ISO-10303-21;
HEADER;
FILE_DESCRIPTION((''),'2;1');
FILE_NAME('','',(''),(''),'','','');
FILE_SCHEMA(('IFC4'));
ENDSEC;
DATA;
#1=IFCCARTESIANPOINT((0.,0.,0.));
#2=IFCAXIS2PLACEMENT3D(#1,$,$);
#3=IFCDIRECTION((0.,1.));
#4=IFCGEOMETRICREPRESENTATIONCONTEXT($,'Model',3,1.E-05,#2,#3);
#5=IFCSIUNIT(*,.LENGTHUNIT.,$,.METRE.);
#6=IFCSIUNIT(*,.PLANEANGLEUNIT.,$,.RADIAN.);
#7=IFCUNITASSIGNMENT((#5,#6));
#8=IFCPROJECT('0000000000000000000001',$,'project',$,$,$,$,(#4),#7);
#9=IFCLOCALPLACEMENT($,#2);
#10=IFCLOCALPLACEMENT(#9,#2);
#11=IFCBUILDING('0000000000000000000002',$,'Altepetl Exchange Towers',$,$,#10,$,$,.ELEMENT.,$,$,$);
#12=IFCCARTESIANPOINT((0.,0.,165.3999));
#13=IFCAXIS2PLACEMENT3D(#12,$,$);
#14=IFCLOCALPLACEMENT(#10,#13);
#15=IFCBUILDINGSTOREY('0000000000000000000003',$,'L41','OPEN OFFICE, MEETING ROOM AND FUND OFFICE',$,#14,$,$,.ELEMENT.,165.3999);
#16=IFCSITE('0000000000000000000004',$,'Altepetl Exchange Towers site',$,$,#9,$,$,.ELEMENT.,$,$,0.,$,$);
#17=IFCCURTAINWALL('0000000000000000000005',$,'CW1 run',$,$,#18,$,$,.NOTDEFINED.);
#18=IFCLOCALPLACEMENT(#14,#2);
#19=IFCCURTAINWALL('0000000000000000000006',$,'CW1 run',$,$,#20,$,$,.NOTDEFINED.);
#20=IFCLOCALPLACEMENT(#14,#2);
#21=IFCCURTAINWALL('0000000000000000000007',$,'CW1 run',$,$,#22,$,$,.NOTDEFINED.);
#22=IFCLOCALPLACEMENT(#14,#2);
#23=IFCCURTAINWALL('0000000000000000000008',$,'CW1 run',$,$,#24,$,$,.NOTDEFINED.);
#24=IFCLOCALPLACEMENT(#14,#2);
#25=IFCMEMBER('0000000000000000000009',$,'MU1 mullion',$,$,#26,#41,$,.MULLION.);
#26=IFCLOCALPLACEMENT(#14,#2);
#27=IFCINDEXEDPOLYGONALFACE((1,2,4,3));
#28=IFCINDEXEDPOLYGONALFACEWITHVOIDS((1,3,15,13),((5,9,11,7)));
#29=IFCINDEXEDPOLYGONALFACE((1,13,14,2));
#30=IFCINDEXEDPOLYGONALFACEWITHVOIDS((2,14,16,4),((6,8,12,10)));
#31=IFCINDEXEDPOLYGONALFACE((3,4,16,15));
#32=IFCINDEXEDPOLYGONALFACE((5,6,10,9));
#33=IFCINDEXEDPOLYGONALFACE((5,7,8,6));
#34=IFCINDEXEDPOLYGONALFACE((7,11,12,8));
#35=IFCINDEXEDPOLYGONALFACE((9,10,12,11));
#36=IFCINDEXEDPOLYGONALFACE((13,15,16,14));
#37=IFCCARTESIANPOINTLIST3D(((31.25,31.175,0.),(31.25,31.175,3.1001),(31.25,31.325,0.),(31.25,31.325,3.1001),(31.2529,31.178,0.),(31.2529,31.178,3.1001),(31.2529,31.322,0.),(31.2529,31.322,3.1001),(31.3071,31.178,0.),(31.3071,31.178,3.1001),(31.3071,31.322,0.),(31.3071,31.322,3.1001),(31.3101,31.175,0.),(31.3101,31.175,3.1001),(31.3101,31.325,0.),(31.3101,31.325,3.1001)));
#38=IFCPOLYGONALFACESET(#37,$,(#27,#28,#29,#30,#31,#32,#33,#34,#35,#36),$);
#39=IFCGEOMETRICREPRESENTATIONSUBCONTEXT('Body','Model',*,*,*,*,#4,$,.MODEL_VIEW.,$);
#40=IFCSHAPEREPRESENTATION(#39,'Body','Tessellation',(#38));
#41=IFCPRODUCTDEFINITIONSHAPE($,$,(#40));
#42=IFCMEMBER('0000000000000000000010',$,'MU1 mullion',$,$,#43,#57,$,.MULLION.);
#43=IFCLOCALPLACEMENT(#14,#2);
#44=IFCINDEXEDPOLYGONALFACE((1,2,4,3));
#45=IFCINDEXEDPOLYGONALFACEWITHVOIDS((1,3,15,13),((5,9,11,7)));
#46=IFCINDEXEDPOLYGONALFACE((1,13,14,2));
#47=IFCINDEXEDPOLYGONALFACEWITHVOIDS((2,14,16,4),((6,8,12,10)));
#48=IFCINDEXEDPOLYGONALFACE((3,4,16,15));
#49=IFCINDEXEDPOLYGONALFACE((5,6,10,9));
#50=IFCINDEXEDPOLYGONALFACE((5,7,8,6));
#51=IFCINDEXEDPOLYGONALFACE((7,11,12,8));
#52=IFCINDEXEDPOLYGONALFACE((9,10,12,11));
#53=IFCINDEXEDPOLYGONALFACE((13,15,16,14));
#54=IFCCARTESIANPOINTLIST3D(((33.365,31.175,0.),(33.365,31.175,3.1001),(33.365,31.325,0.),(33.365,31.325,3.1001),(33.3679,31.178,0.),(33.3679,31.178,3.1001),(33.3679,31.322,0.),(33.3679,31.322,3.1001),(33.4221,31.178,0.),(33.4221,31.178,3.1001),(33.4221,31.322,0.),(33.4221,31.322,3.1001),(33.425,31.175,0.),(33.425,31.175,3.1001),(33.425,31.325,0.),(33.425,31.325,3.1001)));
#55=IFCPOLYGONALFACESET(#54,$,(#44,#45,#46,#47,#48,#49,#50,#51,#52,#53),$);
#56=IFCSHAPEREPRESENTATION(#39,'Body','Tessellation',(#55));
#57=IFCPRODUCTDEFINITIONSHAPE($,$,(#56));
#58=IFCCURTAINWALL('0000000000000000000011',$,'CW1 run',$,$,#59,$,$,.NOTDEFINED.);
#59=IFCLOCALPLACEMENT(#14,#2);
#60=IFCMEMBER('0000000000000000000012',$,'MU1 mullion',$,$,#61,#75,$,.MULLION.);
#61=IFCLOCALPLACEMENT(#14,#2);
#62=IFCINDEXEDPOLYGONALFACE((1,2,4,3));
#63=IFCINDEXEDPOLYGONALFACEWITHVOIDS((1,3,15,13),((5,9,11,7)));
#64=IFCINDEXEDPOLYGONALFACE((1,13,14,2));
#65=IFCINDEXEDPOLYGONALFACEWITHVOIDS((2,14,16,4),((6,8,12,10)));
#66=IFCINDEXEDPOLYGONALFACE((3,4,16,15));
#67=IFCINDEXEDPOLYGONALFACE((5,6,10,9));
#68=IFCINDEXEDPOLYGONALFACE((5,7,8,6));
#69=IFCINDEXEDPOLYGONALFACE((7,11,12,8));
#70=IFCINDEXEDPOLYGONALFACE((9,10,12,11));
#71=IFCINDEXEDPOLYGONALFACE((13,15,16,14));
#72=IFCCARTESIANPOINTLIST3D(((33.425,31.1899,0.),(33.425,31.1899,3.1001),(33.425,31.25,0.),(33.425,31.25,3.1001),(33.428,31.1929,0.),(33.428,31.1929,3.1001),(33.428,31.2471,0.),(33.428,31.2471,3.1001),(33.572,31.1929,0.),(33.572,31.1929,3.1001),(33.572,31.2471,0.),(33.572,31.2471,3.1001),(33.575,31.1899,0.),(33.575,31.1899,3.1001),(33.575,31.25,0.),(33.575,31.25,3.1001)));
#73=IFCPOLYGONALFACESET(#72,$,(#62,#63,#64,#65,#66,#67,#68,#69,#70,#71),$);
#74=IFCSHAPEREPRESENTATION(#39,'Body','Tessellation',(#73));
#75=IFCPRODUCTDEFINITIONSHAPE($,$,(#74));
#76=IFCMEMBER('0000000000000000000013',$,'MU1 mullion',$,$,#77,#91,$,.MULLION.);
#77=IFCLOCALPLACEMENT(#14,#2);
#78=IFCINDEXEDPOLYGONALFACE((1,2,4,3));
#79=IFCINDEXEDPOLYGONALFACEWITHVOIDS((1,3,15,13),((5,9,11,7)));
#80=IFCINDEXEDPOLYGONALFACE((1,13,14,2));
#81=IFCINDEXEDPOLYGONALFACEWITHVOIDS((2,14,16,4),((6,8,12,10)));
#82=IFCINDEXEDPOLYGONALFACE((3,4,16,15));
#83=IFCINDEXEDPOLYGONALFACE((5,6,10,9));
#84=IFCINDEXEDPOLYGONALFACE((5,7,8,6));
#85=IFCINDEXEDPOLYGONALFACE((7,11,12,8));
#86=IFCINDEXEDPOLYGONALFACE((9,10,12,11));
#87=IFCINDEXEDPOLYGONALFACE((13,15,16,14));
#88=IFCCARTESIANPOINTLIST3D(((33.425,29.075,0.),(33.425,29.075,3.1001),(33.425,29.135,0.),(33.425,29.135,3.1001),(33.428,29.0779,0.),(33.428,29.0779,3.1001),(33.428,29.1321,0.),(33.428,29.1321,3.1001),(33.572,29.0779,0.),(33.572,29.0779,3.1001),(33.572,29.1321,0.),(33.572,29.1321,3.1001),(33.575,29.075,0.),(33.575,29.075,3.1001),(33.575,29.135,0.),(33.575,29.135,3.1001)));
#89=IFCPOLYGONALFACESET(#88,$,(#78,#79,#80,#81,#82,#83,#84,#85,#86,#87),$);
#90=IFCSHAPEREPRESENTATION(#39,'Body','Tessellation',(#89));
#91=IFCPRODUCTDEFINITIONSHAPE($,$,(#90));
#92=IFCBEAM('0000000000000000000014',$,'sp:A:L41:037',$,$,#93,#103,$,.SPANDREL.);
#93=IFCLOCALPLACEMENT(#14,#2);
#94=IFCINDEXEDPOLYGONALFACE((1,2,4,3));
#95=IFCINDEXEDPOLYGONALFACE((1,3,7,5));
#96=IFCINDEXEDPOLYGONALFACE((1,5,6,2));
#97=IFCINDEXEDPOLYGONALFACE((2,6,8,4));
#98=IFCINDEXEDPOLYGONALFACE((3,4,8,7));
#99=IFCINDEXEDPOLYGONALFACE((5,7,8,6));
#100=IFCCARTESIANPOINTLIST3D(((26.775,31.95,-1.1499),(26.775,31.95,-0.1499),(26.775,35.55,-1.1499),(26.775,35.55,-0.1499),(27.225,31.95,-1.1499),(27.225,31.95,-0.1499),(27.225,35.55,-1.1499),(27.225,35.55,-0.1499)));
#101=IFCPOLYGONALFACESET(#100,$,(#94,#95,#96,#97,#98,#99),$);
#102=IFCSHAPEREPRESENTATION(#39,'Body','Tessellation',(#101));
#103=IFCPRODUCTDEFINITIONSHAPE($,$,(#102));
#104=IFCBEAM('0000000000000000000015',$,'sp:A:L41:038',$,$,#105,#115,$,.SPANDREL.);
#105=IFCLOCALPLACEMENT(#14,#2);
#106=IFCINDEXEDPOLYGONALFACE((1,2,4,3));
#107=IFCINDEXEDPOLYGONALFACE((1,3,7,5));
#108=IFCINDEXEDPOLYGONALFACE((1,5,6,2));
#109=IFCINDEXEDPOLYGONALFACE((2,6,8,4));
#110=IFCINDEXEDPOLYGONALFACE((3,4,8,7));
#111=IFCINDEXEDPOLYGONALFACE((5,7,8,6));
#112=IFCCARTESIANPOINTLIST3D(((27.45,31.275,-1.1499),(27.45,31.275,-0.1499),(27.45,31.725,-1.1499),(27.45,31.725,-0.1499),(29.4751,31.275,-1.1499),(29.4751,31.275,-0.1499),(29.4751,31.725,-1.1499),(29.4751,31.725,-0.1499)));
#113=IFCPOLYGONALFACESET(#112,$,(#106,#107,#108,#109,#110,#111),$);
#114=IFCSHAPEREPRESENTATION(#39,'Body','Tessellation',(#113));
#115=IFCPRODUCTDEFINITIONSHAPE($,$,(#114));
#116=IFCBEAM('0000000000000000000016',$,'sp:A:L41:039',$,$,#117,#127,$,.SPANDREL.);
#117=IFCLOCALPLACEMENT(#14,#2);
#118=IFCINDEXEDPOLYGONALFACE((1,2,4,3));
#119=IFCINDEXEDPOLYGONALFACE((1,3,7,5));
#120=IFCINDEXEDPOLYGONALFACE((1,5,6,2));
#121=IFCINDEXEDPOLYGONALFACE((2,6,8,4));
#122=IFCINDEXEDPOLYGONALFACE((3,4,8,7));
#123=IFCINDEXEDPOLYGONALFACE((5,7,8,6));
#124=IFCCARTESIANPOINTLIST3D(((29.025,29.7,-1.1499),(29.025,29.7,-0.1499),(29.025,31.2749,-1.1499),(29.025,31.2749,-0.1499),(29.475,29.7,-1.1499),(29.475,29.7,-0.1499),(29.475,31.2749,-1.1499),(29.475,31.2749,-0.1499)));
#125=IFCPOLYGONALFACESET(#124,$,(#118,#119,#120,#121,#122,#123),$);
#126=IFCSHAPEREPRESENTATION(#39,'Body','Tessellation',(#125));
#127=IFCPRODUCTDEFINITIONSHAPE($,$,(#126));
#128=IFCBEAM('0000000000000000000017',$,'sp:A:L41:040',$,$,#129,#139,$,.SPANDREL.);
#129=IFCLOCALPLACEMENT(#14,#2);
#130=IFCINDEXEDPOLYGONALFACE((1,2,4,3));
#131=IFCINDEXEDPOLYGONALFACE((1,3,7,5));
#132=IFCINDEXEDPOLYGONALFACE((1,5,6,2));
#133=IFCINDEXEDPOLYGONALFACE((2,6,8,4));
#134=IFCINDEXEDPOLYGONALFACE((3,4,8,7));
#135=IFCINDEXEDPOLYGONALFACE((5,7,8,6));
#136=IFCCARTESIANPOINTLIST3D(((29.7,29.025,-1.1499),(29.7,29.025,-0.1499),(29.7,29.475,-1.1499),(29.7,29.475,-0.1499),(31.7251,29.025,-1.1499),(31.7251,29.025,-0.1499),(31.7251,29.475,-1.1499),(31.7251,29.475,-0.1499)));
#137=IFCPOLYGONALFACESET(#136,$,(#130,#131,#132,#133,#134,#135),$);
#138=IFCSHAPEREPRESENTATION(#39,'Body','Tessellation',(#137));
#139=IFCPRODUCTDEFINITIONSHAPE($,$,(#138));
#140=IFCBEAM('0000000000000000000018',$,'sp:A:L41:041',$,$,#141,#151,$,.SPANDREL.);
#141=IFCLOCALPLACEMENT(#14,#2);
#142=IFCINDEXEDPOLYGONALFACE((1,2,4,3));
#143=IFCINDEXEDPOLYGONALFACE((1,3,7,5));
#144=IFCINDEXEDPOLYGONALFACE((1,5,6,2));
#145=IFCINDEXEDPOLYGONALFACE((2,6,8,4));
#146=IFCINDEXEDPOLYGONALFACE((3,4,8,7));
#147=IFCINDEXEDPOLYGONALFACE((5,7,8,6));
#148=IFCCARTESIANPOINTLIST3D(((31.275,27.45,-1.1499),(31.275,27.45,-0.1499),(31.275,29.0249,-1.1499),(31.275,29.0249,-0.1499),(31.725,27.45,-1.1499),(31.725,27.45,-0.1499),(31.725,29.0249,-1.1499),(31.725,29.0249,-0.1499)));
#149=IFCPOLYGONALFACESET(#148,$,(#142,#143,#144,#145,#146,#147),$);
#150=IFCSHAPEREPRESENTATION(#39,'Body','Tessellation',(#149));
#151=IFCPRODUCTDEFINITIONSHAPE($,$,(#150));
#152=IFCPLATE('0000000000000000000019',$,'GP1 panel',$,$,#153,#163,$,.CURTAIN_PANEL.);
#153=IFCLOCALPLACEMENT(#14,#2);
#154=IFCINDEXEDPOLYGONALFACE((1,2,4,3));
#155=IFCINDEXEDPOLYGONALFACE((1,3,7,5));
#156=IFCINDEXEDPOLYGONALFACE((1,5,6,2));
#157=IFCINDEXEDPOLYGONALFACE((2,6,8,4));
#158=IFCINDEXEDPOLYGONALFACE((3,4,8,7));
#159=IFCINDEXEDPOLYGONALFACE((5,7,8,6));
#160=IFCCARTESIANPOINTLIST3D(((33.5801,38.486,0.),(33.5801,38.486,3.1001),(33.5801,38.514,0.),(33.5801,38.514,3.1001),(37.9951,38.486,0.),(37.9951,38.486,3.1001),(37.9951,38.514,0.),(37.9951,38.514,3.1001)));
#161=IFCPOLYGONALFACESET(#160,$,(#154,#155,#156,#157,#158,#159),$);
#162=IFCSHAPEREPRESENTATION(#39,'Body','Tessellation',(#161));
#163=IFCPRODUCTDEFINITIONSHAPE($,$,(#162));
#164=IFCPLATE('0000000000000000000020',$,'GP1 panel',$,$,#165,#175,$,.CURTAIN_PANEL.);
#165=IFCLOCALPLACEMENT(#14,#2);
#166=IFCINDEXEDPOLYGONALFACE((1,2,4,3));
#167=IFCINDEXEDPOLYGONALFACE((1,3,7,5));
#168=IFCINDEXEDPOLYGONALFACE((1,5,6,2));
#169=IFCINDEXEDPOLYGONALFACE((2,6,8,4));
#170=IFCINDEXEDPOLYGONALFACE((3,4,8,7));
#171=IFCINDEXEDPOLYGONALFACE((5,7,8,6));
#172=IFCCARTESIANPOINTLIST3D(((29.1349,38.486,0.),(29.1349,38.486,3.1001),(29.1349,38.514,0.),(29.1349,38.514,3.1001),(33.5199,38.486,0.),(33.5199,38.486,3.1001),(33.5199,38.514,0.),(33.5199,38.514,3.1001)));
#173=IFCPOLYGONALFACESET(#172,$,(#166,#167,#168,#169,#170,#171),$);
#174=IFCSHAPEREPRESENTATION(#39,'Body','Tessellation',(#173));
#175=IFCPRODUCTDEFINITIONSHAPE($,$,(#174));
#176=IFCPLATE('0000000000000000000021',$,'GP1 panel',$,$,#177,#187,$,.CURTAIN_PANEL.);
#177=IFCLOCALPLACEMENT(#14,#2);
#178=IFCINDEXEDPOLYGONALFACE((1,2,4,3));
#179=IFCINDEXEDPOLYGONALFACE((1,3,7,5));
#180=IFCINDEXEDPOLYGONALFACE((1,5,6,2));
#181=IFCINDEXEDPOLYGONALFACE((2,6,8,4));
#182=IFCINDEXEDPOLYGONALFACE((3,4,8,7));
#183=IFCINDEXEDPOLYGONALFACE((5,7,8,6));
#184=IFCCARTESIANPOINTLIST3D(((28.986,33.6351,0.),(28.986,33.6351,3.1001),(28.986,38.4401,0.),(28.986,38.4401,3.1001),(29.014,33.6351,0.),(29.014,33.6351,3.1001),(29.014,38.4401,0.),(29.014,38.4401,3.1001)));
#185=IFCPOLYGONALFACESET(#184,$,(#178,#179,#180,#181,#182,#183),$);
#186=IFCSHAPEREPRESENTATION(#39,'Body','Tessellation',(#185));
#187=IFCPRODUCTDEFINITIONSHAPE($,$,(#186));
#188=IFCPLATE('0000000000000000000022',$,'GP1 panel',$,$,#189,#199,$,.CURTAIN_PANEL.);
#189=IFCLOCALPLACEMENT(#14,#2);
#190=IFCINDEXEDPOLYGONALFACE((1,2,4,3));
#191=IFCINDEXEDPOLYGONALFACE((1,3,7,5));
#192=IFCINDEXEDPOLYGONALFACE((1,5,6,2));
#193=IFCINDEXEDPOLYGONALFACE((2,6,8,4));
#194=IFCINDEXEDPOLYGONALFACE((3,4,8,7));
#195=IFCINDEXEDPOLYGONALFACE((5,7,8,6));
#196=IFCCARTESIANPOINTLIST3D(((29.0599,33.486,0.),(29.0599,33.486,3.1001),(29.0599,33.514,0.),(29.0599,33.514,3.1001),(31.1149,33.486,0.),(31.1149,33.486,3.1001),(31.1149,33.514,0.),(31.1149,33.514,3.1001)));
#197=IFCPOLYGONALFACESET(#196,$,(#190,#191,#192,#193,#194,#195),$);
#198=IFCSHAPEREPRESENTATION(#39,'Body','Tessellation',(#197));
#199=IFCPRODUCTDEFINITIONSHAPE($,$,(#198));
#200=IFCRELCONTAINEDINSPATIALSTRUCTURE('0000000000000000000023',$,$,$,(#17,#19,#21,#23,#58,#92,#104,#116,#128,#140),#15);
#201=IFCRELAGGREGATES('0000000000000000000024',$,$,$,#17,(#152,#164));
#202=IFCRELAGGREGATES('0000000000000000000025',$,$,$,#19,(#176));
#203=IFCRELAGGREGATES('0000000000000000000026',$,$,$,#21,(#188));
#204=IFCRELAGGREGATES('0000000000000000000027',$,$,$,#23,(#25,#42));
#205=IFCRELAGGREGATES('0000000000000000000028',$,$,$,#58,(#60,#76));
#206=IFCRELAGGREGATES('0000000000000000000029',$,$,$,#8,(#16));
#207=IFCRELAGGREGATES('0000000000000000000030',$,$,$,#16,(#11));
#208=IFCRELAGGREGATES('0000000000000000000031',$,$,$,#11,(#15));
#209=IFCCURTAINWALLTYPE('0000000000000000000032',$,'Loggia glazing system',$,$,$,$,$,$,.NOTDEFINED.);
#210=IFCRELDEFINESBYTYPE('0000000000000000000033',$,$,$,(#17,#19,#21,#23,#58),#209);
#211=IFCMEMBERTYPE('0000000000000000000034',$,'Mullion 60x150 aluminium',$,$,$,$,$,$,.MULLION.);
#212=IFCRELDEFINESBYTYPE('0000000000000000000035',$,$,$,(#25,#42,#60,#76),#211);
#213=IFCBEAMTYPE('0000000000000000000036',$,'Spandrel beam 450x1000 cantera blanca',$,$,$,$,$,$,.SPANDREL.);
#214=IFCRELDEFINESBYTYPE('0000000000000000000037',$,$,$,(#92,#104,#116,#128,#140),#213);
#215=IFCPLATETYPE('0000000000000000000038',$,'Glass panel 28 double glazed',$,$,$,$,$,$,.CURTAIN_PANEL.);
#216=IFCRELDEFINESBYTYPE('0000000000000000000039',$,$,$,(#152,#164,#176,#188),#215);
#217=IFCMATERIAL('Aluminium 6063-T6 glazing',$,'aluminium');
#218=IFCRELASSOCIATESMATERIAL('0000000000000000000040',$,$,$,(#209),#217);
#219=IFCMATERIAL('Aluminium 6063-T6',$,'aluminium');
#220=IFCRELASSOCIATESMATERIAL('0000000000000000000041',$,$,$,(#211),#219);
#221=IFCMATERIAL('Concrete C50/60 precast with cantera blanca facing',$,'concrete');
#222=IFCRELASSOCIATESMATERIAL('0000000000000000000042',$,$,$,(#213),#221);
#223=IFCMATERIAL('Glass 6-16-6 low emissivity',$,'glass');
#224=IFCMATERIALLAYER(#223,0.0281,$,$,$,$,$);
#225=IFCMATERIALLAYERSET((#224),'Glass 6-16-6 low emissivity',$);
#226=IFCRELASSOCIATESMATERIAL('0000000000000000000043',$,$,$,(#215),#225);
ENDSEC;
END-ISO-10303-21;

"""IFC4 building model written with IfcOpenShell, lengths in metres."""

from ifc_helpers import new_model, si_unit, direction, frame, origin, origin_2d, place, context, subcontext, project, spatial, rectangle, hollow_rectangle, extrude, material, layer, layer_set, material_profile, profile_set, type_object, element, aggregate, save


model = new_model("IFC4")

# Units and contexts
model_context = context("Model", 3, precision=1e-05, world=origin(), true_north=direction((0.0, 1.0)))
body_context = subcontext(model_context, "Body", "Model", "MODEL_VIEW")
ifc_project = project(units=[si_unit("LENGTHUNIT", "METRE"), si_unit("PLANEANGLEUNIT", "RADIAN")], contexts=[model_context])

# Site, building, storey
site_placement = place(None, origin())
site = spatial("IfcSite", under=ifc_project, at=site_placement, Name="Altepetl Exchange Towers site", CompositionType="ELEMENT", RefElevation=0.0)
building_placement = place(site_placement, origin())
building = spatial("IfcBuilding", under=site, at=building_placement, Name="Altepetl Exchange Towers", CompositionType="ELEMENT")
storey_placement = place(building_placement, frame((0.0, 0.0, 165.3999)))
storey = spatial("IfcBuildingStorey", under=building, at=storey_placement, Name="L41", Description="OPEN OFFICE, MEETING ROOM AND FUND OFFICE", CompositionType="ELEMENT", Elevation=165.3999)

# Curtain walls, members
ifc_material_1 = material(Name="Aluminium 6063-T6 glazing", Category="aluminium")
curtain_wall_type = type_object("IfcCurtainWallType", Name="Loggia glazing system", PredefinedType="NOTDEFINED", material=ifc_material_1)
curtain_wall_1_placement = place(storey_placement, origin())
curtain_wall_1 = element("IfcCurtainWall", 1, at=curtain_wall_1_placement, inside=storey, type_object=curtain_wall_type, Name="CW1 run", PredefinedType="NOTDEFINED")
ifc_material_2 = material(Name="Aluminium 6063-T6", Category="aluminium")
ifc_material_profile_1 = material_profile(ifc_material_2, hollow_rectangle(XDim=0.0601, YDim=0.1499, WallThickness=0.0029, at=origin_2d()), Name="Mullion 60x150 aluminium")
ifc_profile_set_1 = profile_set([ifc_material_profile_1], Name="Aluminium 6063-T6")
member_type = type_object("IfcMemberType", Name="Mullion 60x150 aluminium", PredefinedType="MULLION", material=ifc_profile_set_1)
curtain_wall_2_placement = place(storey_placement, origin())
curtain_wall_2 = element("IfcCurtainWall", 2, at=curtain_wall_2_placement, inside=storey, type_object=curtain_wall_type, Name="CW1 run", PredefinedType="NOTDEFINED")
curtain_wall_3_placement = place(storey_placement, origin())
curtain_wall_3 = element("IfcCurtainWall", 3, at=curtain_wall_3_placement, inside=storey, type_object=curtain_wall_type, Name="CW1 run", PredefinedType="NOTDEFINED")
curtain_wall_4_placement = place(storey_placement, origin())
curtain_wall_4 = element("IfcCurtainWall", 4, at=curtain_wall_4_placement, inside=storey, type_object=curtain_wall_type, Name="CW1 run", PredefinedType="NOTDEFINED")
member_1_placement = place(storey_placement, frame((31.28, 31.25, 0.0)))
member_1 = element("IfcMember", 5, at=member_1_placement, type_object=member_type, Name="MU1 mullion", PredefinedType="MULLION", context=body_context, shape_type="SweptSolid", body=[
    extrude(hollow_rectangle(XDim=0.0601, YDim=0.1499, WallThickness=0.0029, at=origin_2d()), origin(), (0.0, 0.0, 1.0), 3.1001),
])
member_2_placement = place(storey_placement, frame((33.395, 31.25, 0.0)))
member_2 = element("IfcMember", 6, at=member_2_placement, type_object=member_type, Name="MU1 mullion", PredefinedType="MULLION", context=body_context, shape_type="SweptSolid", body=[
    extrude(hollow_rectangle(XDim=0.0601, YDim=0.1499, WallThickness=0.0029, at=origin_2d()), origin(), (0.0, 0.0, 1.0), 3.1001),
])
curtain_wall_5_placement = place(storey_placement, origin())
curtain_wall_5 = element("IfcCurtainWall", 7, at=curtain_wall_5_placement, inside=storey, type_object=curtain_wall_type, Name="CW1 run", PredefinedType="NOTDEFINED")
member_3_placement = place(storey_placement, frame((33.5, 31.22, 0.0), z_axis=(0.0, 0.0, 1.0), x_axis=(0.0, -1.0, 0.0)))
member_3 = element("IfcMember", 8, at=member_3_placement, type_object=member_type, Name="MU1 mullion", PredefinedType="MULLION", context=body_context, shape_type="SweptSolid", body=[
    extrude(hollow_rectangle(XDim=0.0601, YDim=0.1499, WallThickness=0.0029, at=origin_2d()), origin(), (0.0, 0.0, 1.0), 3.1001),
])
member_4_placement = place(storey_placement, frame((33.5, 29.105, 0.0), z_axis=(0.0, 0.0, 1.0), x_axis=(0.0, -1.0, 0.0)))
member_4 = element("IfcMember", 9, at=member_4_placement, type_object=member_type, Name="MU1 mullion", PredefinedType="MULLION", context=body_context, shape_type="SweptSolid", body=[
    extrude(hollow_rectangle(XDim=0.0601, YDim=0.1499, WallThickness=0.0029, at=origin_2d()), origin(), (0.0, 0.0, 1.0), 3.1001),
])

# Beams
ifc_material_3 = material(Name="Concrete C50/60 precast with cantera blanca facing", Category="concrete")
ifc_material_profile_2 = material_profile(ifc_material_3, rectangle(XDim=0.45, YDim=1.0, at=origin_2d()), Name="450 x 1000")
ifc_profile_set_2 = profile_set([ifc_material_profile_2], Name="Concrete C50/60 precast with cantera blanca facing")
beam_type_1 = type_object("IfcBeamType", Name="Spandrel beam 450x1000 cantera blanca", PredefinedType="SPANDREL", material=ifc_profile_set_2)
beam_1_placement = place(storey_placement, frame((27.0, 35.55, -0.6499), z_axis=(0.0, -1.0, 0.0), x_axis=(1.0, 0.0, 0.0)))
element("IfcBeam", 10, at=beam_1_placement, inside=storey, type_object=beam_type_1, Name="sp:A:L41:037", PredefinedType="SPANDREL", context=body_context, shape_type="SweptSolid", body=[
    extrude(rectangle(XDim=0.45, YDim=1.0, at=origin_2d()), origin(), (0.0, 0.0, 1.0), 3.6001),
])
beam_2_placement = place(storey_placement, frame((27.45, 31.5, -0.6499), z_axis=(1.0, 0.0, 0.0), x_axis=(0.0, 1.0, 0.0)))
element("IfcBeam", 11, at=beam_2_placement, inside=storey, type_object=beam_type_1, Name="sp:A:L41:038", PredefinedType="SPANDREL", context=body_context, shape_type="SweptSolid", body=[
    extrude(rectangle(XDim=0.45, YDim=1.0, at=origin_2d()), origin(), (0.0, 0.0, 1.0), 2.0251),
])
beam_3_placement = place(storey_placement, frame((29.25, 31.2749, -0.6499), z_axis=(0.0, -1.0, 0.0), x_axis=(1.0, 0.0, 0.0)))
element("IfcBeam", 12, at=beam_3_placement, inside=storey, type_object=beam_type_1, Name="sp:A:L41:039", PredefinedType="SPANDREL", context=body_context, shape_type="SweptSolid", body=[
    extrude(rectangle(XDim=0.45, YDim=1.0, at=origin_2d()), origin(), (0.0, 0.0, 1.0), 1.575),
])
beam_4_placement = place(storey_placement, frame((29.7, 29.25, -0.6499), z_axis=(1.0, 0.0, 0.0), x_axis=(0.0, 1.0, 0.0)))
element("IfcBeam", 13, at=beam_4_placement, inside=storey, type_object=beam_type_1, Name="sp:A:L41:040", PredefinedType="SPANDREL", context=body_context, shape_type="SweptSolid", body=[
    extrude(rectangle(XDim=0.45, YDim=1.0, at=origin_2d()), origin(), (0.0, 0.0, 1.0), 2.0251),
])
beam_5_placement = place(storey_placement, frame((31.5, 29.0249, -0.6499), z_axis=(0.0, -1.0, 0.0), x_axis=(1.0, 0.0, 0.0)))
element("IfcBeam", 14, at=beam_5_placement, inside=storey, type_object=beam_type_1, Name="sp:A:L41:041", PredefinedType="SPANDREL", context=body_context, shape_type="SweptSolid", body=[
    extrude(rectangle(XDim=0.45, YDim=1.0, at=origin_2d()), origin(), (0.0, 0.0, 1.0), 1.575),
])

# Plates
ifc_material_4 = material(Name="Glass 6-16-6 low emissivity", Category="glass")
ifc_layer = layer(ifc_material_4, 0.0281)
ifc_layer_set = layer_set([ifc_layer], Name="Glass 6-16-6 low emissivity")
plate_type = type_object("IfcPlateType", Name="Glass panel 28 double glazed", PredefinedType="CURTAIN_PANEL", material=ifc_layer_set)
plate_1_placement = place(storey_placement, frame((35.7876, 38.5, 0.0), z_axis=(0.0, 0.0, 1.0), x_axis=(-1.0, 0.0, 0.0)))
plate_1 = element("IfcPlate", 15, at=plate_1_placement, type_object=plate_type, Name="GP1 panel", PredefinedType="CURTAIN_PANEL", context=body_context, shape_type="SweptSolid", body=[
    extrude(rectangle(XDim=4.415, YDim=0.0281, at=origin_2d()), origin(), (0.0, 0.0, 1.0), 3.1001),
])
plate_2_placement = place(storey_placement, frame((31.3274, 38.5, 0.0), z_axis=(0.0, 0.0, 1.0), x_axis=(-1.0, 0.0, 0.0)))
plate_2 = element("IfcPlate", 16, at=plate_2_placement, type_object=plate_type, Name="GP1 panel", PredefinedType="CURTAIN_PANEL", context=body_context, shape_type="SweptSolid", body=[
    extrude(rectangle(XDim=4.385, YDim=0.0281, at=origin_2d()), origin(), (0.0, 0.0, 1.0), 3.1001),
])
aggregate(curtain_wall_1, [plate_1, plate_2])
plate_3_placement = place(storey_placement, frame((29.0, 36.0376, 0.0), z_axis=(0.0, 0.0, 1.0), x_axis=(0.0, -1.0, 0.0)))
plate_3 = element("IfcPlate", 17, at=plate_3_placement, type_object=plate_type, Name="GP1 panel", PredefinedType="CURTAIN_PANEL", context=body_context, shape_type="SweptSolid", body=[
    extrude(rectangle(XDim=4.8049, YDim=0.0281, at=origin_2d()), origin(), (0.0, 0.0, 1.0), 3.1001),
])
aggregate(curtain_wall_2, [plate_3])
plate_4_placement = place(storey_placement, frame((30.0874, 33.5, 0.0)))
plate_4 = element("IfcPlate", 18, at=plate_4_placement, type_object=plate_type, Name="GP1 panel", PredefinedType="CURTAIN_PANEL", context=body_context, shape_type="SweptSolid", body=[
    extrude(rectangle(XDim=2.0549, YDim=0.0281, at=origin_2d()), origin(), (0.0, 0.0, 1.0), 3.1001),
])
aggregate(curtain_wall_3, [plate_4])
aggregate(curtain_wall_4, [member_1, member_2])
aggregate(curtain_wall_5, [member_3, member_4])

save(model, "model.ifc")
